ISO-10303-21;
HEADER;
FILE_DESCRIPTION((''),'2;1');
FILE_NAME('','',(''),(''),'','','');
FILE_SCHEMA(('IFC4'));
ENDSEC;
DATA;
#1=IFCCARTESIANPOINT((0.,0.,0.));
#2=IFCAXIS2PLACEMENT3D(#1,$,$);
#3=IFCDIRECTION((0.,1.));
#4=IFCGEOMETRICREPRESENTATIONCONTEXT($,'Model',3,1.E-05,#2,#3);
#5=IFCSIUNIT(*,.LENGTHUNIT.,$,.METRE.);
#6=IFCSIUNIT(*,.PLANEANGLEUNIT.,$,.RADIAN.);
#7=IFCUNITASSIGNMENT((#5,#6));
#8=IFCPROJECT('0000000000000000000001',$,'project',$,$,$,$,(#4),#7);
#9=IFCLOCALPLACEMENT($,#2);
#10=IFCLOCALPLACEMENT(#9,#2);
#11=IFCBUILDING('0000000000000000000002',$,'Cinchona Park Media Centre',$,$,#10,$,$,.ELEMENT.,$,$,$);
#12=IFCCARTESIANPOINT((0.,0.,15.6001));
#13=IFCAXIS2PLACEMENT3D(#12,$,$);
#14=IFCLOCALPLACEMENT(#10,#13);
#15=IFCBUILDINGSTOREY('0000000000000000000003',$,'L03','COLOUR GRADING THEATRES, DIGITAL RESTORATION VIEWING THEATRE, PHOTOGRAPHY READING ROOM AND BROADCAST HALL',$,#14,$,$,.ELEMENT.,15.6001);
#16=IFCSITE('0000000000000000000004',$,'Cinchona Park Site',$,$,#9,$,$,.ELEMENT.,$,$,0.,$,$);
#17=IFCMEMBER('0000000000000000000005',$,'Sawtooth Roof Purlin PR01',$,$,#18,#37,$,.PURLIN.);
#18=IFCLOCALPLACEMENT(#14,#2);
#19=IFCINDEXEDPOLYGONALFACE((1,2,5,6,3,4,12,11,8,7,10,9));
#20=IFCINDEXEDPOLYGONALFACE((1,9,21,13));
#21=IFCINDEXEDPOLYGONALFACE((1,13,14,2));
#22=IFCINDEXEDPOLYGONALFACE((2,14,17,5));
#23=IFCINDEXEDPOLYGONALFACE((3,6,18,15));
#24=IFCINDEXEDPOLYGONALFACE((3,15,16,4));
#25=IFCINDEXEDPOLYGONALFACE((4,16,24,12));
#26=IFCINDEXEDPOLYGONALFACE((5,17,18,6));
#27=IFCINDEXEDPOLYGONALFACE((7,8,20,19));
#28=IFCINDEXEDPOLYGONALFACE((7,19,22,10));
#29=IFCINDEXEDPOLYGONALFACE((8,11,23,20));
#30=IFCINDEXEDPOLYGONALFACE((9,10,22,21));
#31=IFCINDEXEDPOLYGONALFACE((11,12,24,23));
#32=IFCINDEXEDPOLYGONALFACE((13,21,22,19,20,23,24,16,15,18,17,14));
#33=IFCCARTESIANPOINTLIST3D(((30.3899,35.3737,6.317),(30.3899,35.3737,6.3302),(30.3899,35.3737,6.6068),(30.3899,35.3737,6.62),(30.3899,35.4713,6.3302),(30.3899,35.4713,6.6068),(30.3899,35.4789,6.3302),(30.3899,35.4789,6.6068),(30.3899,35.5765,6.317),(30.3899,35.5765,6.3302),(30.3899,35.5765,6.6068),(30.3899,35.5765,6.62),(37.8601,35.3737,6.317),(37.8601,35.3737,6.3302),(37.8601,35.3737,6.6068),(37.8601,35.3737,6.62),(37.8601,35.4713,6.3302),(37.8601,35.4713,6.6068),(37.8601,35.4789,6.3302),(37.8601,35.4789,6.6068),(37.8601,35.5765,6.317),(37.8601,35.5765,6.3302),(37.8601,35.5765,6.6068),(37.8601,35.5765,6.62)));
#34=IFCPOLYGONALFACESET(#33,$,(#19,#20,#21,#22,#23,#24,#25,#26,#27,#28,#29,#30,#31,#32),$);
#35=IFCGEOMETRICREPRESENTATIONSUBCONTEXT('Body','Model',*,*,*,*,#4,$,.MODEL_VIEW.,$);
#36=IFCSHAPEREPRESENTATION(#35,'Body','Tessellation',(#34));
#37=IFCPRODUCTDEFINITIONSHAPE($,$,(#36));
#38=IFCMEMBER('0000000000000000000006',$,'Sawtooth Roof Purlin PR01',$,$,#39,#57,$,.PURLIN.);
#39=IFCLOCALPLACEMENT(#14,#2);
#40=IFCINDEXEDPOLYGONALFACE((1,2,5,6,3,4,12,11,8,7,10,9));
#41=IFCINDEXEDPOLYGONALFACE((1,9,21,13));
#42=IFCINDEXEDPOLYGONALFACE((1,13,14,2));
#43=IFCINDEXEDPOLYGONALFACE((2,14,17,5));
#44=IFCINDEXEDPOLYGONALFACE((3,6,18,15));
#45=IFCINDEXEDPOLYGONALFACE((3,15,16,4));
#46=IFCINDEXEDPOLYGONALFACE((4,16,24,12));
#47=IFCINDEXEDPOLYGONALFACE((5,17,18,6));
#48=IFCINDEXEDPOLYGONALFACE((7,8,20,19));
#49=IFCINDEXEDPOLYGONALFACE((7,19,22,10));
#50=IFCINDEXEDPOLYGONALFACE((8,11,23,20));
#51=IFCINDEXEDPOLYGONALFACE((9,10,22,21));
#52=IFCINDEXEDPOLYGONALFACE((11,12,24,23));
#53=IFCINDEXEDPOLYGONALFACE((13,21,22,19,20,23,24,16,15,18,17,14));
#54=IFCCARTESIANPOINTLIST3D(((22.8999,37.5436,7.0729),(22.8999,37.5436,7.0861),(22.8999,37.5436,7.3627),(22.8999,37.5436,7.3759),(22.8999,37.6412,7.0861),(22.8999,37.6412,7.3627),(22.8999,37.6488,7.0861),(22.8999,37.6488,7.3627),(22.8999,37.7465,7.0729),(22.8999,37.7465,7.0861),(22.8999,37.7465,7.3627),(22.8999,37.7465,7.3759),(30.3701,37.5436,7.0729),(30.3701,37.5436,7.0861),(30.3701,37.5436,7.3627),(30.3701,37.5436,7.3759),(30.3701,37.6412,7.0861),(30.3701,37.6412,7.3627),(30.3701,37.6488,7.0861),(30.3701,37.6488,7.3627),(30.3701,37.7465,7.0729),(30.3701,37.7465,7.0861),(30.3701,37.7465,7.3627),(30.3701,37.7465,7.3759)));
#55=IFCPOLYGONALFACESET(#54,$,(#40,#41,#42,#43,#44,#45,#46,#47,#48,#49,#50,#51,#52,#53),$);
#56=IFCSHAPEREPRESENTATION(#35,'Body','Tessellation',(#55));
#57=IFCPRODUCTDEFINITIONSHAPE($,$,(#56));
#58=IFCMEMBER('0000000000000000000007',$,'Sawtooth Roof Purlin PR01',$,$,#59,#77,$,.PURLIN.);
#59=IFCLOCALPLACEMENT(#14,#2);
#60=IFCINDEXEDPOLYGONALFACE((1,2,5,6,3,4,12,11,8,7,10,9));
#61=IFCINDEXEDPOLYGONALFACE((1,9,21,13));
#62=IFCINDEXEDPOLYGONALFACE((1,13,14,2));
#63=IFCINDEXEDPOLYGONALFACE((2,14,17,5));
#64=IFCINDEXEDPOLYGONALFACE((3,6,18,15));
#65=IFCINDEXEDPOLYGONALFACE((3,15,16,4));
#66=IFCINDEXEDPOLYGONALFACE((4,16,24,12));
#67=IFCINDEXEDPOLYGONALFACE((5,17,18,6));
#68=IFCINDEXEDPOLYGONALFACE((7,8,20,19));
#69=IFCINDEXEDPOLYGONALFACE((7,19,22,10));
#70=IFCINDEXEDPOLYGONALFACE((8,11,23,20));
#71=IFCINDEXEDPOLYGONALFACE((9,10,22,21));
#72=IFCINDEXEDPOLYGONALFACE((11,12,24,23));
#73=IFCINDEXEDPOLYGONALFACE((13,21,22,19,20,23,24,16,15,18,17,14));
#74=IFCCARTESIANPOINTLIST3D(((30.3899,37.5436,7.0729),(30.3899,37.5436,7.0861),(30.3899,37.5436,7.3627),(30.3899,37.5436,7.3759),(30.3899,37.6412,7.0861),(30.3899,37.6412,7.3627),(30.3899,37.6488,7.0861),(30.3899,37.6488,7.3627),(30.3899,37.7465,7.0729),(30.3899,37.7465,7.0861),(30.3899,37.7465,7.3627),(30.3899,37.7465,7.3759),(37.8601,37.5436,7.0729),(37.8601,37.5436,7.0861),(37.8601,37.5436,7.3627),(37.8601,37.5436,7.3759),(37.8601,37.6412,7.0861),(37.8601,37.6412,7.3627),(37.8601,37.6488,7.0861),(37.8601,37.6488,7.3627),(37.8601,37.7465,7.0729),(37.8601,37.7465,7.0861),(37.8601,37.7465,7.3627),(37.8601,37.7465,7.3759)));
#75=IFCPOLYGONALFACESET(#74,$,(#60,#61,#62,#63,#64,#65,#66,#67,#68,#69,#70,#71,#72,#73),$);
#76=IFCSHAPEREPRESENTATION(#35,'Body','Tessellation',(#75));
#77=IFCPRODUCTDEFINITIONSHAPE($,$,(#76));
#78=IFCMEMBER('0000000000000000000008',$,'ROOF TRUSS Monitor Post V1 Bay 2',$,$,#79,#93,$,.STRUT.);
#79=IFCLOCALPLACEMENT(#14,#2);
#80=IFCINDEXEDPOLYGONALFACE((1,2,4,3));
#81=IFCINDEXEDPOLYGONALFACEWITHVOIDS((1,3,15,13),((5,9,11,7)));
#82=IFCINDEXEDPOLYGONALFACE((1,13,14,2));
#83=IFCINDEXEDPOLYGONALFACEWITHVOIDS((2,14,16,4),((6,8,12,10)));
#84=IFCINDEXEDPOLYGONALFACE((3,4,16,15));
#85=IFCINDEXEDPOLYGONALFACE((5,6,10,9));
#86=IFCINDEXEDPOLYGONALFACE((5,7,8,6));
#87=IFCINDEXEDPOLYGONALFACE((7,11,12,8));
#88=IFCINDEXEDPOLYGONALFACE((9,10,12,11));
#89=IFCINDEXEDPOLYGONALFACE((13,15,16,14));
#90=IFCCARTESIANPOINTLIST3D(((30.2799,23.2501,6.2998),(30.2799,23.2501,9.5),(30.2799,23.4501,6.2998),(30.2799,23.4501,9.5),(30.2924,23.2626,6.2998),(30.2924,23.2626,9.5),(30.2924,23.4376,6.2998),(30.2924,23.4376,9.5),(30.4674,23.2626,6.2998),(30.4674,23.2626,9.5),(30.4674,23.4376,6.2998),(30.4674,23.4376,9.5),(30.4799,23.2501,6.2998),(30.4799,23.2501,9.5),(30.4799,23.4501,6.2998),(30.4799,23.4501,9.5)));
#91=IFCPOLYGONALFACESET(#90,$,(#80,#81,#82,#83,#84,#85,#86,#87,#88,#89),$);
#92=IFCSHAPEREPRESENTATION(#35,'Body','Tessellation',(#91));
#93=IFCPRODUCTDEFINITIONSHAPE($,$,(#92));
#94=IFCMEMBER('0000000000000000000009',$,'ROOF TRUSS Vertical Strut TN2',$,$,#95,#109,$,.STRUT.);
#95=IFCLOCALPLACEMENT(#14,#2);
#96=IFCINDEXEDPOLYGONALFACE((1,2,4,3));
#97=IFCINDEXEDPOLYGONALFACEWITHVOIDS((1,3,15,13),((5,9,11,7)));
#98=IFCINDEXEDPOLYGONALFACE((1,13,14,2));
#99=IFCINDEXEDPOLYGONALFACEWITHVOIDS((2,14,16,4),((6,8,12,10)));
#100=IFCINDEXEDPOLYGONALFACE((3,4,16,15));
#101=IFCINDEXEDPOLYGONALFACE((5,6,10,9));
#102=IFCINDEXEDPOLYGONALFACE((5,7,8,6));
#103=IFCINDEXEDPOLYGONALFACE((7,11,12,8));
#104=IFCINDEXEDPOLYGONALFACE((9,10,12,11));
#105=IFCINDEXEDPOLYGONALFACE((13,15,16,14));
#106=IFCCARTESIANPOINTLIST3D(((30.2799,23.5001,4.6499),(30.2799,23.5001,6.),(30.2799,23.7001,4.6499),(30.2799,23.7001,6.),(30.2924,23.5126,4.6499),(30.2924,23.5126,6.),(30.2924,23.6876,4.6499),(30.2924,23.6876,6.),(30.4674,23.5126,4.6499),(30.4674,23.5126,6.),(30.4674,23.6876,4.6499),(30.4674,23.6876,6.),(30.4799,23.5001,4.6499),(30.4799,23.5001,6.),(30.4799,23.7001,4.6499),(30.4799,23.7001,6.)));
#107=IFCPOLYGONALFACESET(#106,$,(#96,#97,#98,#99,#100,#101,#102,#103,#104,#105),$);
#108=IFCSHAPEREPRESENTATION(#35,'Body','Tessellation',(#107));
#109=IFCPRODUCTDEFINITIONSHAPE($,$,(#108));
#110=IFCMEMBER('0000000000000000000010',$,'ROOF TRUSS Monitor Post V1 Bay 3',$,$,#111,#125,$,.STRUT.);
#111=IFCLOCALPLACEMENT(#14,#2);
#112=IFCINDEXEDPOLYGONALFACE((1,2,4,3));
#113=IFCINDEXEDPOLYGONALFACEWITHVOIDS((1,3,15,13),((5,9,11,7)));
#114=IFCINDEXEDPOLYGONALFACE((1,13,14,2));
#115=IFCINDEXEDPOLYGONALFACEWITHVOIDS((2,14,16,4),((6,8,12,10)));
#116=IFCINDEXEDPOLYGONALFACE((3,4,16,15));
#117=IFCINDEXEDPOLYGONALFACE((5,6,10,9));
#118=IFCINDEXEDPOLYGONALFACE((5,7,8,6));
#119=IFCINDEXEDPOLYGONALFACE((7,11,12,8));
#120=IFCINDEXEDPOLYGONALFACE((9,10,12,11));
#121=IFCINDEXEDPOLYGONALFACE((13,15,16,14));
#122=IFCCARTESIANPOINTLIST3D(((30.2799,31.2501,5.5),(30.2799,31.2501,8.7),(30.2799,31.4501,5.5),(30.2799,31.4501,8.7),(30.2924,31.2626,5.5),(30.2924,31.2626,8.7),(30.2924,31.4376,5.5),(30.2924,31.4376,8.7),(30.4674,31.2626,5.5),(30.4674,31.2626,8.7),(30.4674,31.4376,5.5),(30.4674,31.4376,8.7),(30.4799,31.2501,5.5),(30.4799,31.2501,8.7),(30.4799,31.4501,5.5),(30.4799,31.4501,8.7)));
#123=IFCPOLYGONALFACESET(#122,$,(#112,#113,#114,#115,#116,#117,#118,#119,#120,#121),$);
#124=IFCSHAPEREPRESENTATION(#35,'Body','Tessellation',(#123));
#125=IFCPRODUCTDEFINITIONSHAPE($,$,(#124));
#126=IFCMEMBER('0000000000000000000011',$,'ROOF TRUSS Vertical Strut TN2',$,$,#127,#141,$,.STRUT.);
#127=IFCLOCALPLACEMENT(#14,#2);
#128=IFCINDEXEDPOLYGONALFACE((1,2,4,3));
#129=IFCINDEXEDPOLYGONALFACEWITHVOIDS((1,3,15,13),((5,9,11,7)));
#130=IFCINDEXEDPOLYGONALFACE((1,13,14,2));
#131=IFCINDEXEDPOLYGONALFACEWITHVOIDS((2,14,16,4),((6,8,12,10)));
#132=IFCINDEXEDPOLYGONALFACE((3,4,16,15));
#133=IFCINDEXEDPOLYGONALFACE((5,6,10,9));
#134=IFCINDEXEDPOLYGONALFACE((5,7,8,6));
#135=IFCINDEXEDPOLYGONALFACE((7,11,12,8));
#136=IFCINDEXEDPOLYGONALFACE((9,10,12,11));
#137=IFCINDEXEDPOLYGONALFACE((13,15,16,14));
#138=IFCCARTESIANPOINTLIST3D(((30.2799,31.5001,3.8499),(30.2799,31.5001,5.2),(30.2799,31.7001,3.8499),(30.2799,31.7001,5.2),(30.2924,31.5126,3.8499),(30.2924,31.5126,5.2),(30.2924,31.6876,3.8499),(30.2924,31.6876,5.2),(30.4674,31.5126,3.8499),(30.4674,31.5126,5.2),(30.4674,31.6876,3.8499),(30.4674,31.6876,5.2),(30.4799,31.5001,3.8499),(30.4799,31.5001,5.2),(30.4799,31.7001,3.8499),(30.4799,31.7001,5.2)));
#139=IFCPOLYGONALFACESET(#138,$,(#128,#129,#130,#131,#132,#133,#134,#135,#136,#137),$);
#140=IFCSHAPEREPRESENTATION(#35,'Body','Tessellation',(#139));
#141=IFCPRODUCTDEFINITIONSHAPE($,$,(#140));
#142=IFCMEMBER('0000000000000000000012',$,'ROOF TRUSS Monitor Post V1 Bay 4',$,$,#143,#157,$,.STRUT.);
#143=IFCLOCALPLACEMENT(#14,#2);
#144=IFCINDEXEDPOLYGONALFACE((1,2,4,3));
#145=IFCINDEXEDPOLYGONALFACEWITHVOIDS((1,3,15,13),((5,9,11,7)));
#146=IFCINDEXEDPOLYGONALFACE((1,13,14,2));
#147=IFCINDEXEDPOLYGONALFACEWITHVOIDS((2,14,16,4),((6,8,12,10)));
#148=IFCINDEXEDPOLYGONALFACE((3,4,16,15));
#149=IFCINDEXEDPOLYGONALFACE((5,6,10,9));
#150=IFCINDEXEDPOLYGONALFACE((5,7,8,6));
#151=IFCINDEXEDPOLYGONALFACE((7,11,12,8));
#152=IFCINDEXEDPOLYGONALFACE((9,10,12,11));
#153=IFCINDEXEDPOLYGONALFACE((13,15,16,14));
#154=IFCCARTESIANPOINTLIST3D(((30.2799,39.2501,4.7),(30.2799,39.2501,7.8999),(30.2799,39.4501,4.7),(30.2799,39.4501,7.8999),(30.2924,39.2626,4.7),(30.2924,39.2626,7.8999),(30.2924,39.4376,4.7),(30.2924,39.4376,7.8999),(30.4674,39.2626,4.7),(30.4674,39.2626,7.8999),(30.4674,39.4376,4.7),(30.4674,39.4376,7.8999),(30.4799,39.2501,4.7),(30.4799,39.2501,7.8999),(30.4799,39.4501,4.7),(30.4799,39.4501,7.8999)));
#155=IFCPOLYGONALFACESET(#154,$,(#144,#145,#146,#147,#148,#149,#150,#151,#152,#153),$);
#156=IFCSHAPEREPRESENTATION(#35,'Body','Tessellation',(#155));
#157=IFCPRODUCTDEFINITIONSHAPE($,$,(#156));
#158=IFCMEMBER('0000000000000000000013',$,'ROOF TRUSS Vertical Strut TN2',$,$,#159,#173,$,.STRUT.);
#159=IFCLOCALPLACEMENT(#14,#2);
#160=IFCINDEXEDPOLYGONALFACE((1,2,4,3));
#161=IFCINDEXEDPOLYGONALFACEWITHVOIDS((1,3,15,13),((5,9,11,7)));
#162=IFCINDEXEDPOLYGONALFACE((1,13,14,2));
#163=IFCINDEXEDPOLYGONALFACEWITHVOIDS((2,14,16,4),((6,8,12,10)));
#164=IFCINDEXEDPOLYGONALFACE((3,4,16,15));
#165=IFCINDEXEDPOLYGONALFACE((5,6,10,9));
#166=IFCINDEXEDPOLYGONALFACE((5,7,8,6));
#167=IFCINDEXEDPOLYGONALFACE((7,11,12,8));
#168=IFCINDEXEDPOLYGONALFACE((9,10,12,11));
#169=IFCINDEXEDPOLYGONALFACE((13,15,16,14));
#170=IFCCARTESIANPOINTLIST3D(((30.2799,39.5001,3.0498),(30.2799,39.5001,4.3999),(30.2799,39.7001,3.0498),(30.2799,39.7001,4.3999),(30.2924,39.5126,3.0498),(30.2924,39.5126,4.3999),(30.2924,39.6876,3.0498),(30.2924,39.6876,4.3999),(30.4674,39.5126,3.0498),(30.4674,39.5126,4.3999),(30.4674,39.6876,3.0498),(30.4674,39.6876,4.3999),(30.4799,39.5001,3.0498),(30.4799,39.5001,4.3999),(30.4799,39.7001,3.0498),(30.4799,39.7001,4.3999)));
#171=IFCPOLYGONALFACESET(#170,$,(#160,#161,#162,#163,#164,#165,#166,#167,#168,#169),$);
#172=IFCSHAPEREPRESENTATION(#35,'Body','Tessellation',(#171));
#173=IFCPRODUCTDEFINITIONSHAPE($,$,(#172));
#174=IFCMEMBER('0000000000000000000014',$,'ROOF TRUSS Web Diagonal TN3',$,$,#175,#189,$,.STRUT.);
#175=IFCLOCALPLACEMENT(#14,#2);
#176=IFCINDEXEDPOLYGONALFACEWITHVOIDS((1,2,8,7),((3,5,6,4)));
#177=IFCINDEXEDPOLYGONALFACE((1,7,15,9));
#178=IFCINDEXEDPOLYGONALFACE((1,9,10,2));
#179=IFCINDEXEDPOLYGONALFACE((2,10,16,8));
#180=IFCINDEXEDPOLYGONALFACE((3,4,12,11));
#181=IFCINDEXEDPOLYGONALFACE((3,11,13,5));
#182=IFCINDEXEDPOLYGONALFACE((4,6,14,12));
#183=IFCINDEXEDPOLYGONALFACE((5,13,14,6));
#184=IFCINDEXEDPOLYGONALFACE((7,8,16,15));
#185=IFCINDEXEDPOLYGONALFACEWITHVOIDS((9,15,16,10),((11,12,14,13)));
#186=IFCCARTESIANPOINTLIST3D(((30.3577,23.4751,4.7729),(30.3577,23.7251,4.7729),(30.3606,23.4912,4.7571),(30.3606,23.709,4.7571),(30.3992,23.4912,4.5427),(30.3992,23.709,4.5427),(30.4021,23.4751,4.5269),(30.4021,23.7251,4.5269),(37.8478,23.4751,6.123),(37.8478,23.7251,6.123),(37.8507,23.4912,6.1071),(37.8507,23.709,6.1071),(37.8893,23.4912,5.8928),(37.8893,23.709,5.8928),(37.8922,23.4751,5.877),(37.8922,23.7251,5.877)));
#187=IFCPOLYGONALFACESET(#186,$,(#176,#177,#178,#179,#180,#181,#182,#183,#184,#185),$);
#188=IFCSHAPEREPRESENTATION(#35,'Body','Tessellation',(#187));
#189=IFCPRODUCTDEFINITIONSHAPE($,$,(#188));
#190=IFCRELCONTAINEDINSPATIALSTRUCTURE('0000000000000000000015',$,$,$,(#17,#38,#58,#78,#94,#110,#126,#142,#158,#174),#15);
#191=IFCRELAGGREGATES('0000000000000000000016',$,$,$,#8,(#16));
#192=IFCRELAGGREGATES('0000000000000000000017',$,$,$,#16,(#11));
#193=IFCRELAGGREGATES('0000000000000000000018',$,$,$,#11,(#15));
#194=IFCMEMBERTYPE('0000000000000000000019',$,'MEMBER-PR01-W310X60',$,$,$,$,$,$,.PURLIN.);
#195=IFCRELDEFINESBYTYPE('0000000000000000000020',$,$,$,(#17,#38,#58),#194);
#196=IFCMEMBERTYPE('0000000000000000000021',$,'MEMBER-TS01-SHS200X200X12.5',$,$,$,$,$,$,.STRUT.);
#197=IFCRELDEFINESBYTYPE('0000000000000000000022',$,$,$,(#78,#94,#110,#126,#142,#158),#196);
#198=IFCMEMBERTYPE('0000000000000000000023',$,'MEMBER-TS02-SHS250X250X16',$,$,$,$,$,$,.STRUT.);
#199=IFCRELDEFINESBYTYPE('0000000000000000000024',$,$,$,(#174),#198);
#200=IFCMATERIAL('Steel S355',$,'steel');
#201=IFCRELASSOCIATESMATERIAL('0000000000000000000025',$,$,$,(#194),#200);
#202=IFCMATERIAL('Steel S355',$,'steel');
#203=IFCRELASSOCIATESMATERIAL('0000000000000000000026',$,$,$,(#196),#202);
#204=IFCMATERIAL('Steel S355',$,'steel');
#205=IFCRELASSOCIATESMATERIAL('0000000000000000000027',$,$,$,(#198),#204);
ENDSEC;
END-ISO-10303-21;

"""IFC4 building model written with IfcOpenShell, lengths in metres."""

from ifc_helpers import new_model, si_unit, direction, frame, origin, origin_2d, place, context, subcontext, project, spatial, hollow_rectangle, i_section, extrude, material, material_profile, profile_set, type_object, element, save


model = new_model("IFC4")

# Units and contexts
model_context = context("Model", 3, precision=1e-05, world=origin(), true_north=direction((0.0, 1.0)))
body_context = subcontext(model_context, "Body", "Model", "MODEL_VIEW")
ifc_project = project(units=[si_unit("LENGTHUNIT", "METRE"), si_unit("PLANEANGLEUNIT", "RADIAN")], contexts=[model_context])

# Site, building, storey
site_placement = place(None, origin())
site = spatial("IfcSite", under=ifc_project, at=site_placement, Name="Cinchona Park Site", CompositionType="ELEMENT", RefElevation=0.0)
building_placement = place(site_placement, origin())
building = spatial("IfcBuilding", under=site, at=building_placement, Name="Cinchona Park Media Centre", CompositionType="ELEMENT")
storey_placement = place(building_placement, frame((0.0, 0.0, 15.6001)))
storey = spatial("IfcBuildingStorey", under=building, at=storey_placement, Name="L03", Description="COLOUR GRADING THEATRES, DIGITAL RESTORATION VIEWING THEATRE, PHOTOGRAPHY READING ROOM AND BROADCAST HALL", CompositionType="ELEMENT", Elevation=15.6001)

# Members
ifc_material_1 = material(Name="Steel S355", Category="steel")
ifc_material_profile_1 = material_profile(ifc_material_1, i_section(OverallWidth=0.2029, OverallDepth=0.303, WebThickness=0.0076, FlangeThickness=0.0132, at=origin_2d()), Name="W310X60")
ifc_profile_set_1 = profile_set([ifc_material_profile_1], Name="Steel S355")
member_type_1 = type_object("IfcMemberType", Name="MEMBER-PR01-W310X60", PredefinedType="PURLIN", material=ifc_profile_set_1)
for number, where, z_axis, x_axis, name in (
    (1, (30.3899, 35.4751, 6.4685), (1.0, 0.0, 0.0), (0.0, 1.0, 0.0), "Sawtooth Roof Purlin PR01"),
    (2, (22.8999, 37.645, 7.2244), (1.0, 0.0, 0.0), (0.0, 1.0, 0.0), "Sawtooth Roof Purlin PR01"),
    (3, (30.3899, 37.645, 7.2244), (1.0, 0.0, 0.0), (0.0, 1.0, 0.0), "Sawtooth Roof Purlin PR01"),
):
    element("IfcMember", number, at=place(storey_placement, frame(where, z_axis=z_axis, x_axis=x_axis)), inside=storey, type_object=member_type_1, Name=name, PredefinedType="PURLIN", context=body_context, shape_type="SweptSolid", body=[
        extrude(i_section(OverallWidth=0.2029, OverallDepth=0.303, WebThickness=0.0076, FlangeThickness=0.0132, at=origin_2d()), origin(), (0.0, 0.0, 1.0), 7.4702),
    ])
ifc_material_2 = material(Name="Steel S355", Category="steel")
ifc_material_profile_2 = material_profile(ifc_material_2, hollow_rectangle(XDim=0.2, YDim=0.2, WallThickness=0.0125, at=origin_2d()), Name="200X200X12.5SHS")
ifc_profile_set_2 = profile_set([ifc_material_profile_2], Name="Steel S355")
member_type_2 = type_object("IfcMemberType", Name="MEMBER-TS01-SHS200X200X12.5", PredefinedType="STRUT", material=ifc_profile_set_2)
member_1_placement = place(storey_placement, frame((30.3799, 23.3501, 6.2998), z_axis=(0.0, 0.0, 1.0), x_axis=(1.0, 0.0, 0.0)))
element("IfcMember", 4, at=member_1_placement, inside=storey, type_object=member_type_2, Name="ROOF TRUSS Monitor Post V1 Bay 2", PredefinedType="STRUT", context=body_context, shape_type="SweptSolid", body=[
    extrude(hollow_rectangle(XDim=0.2, YDim=0.2, WallThickness=0.0125, at=origin_2d()), origin(), (0.0, 0.0, 1.0), 3.2002),
])
member_2_placement = place(storey_placement, frame((30.3799, 23.6001, 4.6499), z_axis=(0.0, 0.0, 1.0), x_axis=(1.0, 0.0, 0.0)))
element("IfcMember", 5, at=member_2_placement, inside=storey, type_object=member_type_2, Name="ROOF TRUSS Vertical Strut TN2", PredefinedType="STRUT", context=body_context, shape_type="SweptSolid", body=[
    extrude(hollow_rectangle(XDim=0.2, YDim=0.2, WallThickness=0.0125, at=origin_2d()), origin(), (0.0, 0.0, 1.0), 1.3501),
])
member_3_placement = place(storey_placement, frame((30.3799, 31.3501, 5.5), z_axis=(0.0, 0.0, 1.0), x_axis=(1.0, 0.0, 0.0)))
element("IfcMember", 6, at=member_3_placement, inside=storey, type_object=member_type_2, Name="ROOF TRUSS Monitor Post V1 Bay 3", PredefinedType="STRUT", context=body_context, shape_type="SweptSolid", body=[
    extrude(hollow_rectangle(XDim=0.2, YDim=0.2, WallThickness=0.0125, at=origin_2d()), origin(), (0.0, 0.0, 1.0), 3.2),
])
member_4_placement = place(storey_placement, frame((30.3799, 31.6001, 3.8499), z_axis=(0.0, 0.0, 1.0), x_axis=(1.0, 0.0, 0.0)))
element("IfcMember", 7, at=member_4_placement, inside=storey, type_object=member_type_2, Name="ROOF TRUSS Vertical Strut TN2", PredefinedType="STRUT", context=body_context, shape_type="SweptSolid", body=[
    extrude(hollow_rectangle(XDim=0.2, YDim=0.2, WallThickness=0.0125, at=origin_2d()), origin(), (0.0, 0.0, 1.0), 1.3501),
])
member_5_placement = place(storey_placement, frame((30.3799, 39.3501, 4.7), z_axis=(0.0, 0.0, 1.0), x_axis=(1.0, 0.0, 0.0)))
element("IfcMember", 8, at=member_5_placement, inside=storey, type_object=member_type_2, Name="ROOF TRUSS Monitor Post V1 Bay 4", PredefinedType="STRUT", context=body_context, shape_type="SweptSolid", body=[
    extrude(hollow_rectangle(XDim=0.2, YDim=0.2, WallThickness=0.0125, at=origin_2d()), origin(), (0.0, 0.0, 1.0), 3.2),
])
member_6_placement = place(storey_placement, frame((30.3799, 39.6001, 3.0498), z_axis=(0.0, 0.0, 1.0), x_axis=(1.0, 0.0, 0.0)))
element("IfcMember", 9, at=member_6_placement, inside=storey, type_object=member_type_2, Name="ROOF TRUSS Vertical Strut TN2", PredefinedType="STRUT", context=body_context, shape_type="SweptSolid", body=[
    extrude(hollow_rectangle(XDim=0.2, YDim=0.2, WallThickness=0.0125, at=origin_2d()), origin(), (0.0, 0.0, 1.0), 1.3501),
])
ifc_material_3 = material(Name="Steel S355", Category="steel")
ifc_material_profile_3 = material_profile(ifc_material_3, hollow_rectangle(XDim=0.25, YDim=0.25, WallThickness=0.0161, at=origin_2d()), Name="250X250X16SHS")
ifc_profile_set_3 = profile_set([ifc_material_profile_3], Name="Steel S355")
member_type_3 = type_object("IfcMemberType", Name="MEMBER-TS02-SHS250X250X16", PredefinedType="STRUT", material=ifc_profile_set_3)
for number, where, z_axis, x_axis, name in (
    (10, (30.3799, 23.6001, 4.6499), (0.984141, 0.0, 0.177389), (0.0, 1.0, 0.0), "ROOF TRUSS Web Diagonal TN3"),
):
    element("IfcMember", number, at=place(storey_placement, frame(where, z_axis=z_axis, x_axis=x_axis)), inside=storey, type_object=member_type_3, Name=name, PredefinedType="STRUT", context=body_context, shape_type="SweptSolid", body=[
        extrude(hollow_rectangle(XDim=0.25, YDim=0.25, WallThickness=0.0161, at=origin_2d()), origin(), (0.0, 0.0, 1.0), 7.6108),
    ])

save(model, "model.ifc")
